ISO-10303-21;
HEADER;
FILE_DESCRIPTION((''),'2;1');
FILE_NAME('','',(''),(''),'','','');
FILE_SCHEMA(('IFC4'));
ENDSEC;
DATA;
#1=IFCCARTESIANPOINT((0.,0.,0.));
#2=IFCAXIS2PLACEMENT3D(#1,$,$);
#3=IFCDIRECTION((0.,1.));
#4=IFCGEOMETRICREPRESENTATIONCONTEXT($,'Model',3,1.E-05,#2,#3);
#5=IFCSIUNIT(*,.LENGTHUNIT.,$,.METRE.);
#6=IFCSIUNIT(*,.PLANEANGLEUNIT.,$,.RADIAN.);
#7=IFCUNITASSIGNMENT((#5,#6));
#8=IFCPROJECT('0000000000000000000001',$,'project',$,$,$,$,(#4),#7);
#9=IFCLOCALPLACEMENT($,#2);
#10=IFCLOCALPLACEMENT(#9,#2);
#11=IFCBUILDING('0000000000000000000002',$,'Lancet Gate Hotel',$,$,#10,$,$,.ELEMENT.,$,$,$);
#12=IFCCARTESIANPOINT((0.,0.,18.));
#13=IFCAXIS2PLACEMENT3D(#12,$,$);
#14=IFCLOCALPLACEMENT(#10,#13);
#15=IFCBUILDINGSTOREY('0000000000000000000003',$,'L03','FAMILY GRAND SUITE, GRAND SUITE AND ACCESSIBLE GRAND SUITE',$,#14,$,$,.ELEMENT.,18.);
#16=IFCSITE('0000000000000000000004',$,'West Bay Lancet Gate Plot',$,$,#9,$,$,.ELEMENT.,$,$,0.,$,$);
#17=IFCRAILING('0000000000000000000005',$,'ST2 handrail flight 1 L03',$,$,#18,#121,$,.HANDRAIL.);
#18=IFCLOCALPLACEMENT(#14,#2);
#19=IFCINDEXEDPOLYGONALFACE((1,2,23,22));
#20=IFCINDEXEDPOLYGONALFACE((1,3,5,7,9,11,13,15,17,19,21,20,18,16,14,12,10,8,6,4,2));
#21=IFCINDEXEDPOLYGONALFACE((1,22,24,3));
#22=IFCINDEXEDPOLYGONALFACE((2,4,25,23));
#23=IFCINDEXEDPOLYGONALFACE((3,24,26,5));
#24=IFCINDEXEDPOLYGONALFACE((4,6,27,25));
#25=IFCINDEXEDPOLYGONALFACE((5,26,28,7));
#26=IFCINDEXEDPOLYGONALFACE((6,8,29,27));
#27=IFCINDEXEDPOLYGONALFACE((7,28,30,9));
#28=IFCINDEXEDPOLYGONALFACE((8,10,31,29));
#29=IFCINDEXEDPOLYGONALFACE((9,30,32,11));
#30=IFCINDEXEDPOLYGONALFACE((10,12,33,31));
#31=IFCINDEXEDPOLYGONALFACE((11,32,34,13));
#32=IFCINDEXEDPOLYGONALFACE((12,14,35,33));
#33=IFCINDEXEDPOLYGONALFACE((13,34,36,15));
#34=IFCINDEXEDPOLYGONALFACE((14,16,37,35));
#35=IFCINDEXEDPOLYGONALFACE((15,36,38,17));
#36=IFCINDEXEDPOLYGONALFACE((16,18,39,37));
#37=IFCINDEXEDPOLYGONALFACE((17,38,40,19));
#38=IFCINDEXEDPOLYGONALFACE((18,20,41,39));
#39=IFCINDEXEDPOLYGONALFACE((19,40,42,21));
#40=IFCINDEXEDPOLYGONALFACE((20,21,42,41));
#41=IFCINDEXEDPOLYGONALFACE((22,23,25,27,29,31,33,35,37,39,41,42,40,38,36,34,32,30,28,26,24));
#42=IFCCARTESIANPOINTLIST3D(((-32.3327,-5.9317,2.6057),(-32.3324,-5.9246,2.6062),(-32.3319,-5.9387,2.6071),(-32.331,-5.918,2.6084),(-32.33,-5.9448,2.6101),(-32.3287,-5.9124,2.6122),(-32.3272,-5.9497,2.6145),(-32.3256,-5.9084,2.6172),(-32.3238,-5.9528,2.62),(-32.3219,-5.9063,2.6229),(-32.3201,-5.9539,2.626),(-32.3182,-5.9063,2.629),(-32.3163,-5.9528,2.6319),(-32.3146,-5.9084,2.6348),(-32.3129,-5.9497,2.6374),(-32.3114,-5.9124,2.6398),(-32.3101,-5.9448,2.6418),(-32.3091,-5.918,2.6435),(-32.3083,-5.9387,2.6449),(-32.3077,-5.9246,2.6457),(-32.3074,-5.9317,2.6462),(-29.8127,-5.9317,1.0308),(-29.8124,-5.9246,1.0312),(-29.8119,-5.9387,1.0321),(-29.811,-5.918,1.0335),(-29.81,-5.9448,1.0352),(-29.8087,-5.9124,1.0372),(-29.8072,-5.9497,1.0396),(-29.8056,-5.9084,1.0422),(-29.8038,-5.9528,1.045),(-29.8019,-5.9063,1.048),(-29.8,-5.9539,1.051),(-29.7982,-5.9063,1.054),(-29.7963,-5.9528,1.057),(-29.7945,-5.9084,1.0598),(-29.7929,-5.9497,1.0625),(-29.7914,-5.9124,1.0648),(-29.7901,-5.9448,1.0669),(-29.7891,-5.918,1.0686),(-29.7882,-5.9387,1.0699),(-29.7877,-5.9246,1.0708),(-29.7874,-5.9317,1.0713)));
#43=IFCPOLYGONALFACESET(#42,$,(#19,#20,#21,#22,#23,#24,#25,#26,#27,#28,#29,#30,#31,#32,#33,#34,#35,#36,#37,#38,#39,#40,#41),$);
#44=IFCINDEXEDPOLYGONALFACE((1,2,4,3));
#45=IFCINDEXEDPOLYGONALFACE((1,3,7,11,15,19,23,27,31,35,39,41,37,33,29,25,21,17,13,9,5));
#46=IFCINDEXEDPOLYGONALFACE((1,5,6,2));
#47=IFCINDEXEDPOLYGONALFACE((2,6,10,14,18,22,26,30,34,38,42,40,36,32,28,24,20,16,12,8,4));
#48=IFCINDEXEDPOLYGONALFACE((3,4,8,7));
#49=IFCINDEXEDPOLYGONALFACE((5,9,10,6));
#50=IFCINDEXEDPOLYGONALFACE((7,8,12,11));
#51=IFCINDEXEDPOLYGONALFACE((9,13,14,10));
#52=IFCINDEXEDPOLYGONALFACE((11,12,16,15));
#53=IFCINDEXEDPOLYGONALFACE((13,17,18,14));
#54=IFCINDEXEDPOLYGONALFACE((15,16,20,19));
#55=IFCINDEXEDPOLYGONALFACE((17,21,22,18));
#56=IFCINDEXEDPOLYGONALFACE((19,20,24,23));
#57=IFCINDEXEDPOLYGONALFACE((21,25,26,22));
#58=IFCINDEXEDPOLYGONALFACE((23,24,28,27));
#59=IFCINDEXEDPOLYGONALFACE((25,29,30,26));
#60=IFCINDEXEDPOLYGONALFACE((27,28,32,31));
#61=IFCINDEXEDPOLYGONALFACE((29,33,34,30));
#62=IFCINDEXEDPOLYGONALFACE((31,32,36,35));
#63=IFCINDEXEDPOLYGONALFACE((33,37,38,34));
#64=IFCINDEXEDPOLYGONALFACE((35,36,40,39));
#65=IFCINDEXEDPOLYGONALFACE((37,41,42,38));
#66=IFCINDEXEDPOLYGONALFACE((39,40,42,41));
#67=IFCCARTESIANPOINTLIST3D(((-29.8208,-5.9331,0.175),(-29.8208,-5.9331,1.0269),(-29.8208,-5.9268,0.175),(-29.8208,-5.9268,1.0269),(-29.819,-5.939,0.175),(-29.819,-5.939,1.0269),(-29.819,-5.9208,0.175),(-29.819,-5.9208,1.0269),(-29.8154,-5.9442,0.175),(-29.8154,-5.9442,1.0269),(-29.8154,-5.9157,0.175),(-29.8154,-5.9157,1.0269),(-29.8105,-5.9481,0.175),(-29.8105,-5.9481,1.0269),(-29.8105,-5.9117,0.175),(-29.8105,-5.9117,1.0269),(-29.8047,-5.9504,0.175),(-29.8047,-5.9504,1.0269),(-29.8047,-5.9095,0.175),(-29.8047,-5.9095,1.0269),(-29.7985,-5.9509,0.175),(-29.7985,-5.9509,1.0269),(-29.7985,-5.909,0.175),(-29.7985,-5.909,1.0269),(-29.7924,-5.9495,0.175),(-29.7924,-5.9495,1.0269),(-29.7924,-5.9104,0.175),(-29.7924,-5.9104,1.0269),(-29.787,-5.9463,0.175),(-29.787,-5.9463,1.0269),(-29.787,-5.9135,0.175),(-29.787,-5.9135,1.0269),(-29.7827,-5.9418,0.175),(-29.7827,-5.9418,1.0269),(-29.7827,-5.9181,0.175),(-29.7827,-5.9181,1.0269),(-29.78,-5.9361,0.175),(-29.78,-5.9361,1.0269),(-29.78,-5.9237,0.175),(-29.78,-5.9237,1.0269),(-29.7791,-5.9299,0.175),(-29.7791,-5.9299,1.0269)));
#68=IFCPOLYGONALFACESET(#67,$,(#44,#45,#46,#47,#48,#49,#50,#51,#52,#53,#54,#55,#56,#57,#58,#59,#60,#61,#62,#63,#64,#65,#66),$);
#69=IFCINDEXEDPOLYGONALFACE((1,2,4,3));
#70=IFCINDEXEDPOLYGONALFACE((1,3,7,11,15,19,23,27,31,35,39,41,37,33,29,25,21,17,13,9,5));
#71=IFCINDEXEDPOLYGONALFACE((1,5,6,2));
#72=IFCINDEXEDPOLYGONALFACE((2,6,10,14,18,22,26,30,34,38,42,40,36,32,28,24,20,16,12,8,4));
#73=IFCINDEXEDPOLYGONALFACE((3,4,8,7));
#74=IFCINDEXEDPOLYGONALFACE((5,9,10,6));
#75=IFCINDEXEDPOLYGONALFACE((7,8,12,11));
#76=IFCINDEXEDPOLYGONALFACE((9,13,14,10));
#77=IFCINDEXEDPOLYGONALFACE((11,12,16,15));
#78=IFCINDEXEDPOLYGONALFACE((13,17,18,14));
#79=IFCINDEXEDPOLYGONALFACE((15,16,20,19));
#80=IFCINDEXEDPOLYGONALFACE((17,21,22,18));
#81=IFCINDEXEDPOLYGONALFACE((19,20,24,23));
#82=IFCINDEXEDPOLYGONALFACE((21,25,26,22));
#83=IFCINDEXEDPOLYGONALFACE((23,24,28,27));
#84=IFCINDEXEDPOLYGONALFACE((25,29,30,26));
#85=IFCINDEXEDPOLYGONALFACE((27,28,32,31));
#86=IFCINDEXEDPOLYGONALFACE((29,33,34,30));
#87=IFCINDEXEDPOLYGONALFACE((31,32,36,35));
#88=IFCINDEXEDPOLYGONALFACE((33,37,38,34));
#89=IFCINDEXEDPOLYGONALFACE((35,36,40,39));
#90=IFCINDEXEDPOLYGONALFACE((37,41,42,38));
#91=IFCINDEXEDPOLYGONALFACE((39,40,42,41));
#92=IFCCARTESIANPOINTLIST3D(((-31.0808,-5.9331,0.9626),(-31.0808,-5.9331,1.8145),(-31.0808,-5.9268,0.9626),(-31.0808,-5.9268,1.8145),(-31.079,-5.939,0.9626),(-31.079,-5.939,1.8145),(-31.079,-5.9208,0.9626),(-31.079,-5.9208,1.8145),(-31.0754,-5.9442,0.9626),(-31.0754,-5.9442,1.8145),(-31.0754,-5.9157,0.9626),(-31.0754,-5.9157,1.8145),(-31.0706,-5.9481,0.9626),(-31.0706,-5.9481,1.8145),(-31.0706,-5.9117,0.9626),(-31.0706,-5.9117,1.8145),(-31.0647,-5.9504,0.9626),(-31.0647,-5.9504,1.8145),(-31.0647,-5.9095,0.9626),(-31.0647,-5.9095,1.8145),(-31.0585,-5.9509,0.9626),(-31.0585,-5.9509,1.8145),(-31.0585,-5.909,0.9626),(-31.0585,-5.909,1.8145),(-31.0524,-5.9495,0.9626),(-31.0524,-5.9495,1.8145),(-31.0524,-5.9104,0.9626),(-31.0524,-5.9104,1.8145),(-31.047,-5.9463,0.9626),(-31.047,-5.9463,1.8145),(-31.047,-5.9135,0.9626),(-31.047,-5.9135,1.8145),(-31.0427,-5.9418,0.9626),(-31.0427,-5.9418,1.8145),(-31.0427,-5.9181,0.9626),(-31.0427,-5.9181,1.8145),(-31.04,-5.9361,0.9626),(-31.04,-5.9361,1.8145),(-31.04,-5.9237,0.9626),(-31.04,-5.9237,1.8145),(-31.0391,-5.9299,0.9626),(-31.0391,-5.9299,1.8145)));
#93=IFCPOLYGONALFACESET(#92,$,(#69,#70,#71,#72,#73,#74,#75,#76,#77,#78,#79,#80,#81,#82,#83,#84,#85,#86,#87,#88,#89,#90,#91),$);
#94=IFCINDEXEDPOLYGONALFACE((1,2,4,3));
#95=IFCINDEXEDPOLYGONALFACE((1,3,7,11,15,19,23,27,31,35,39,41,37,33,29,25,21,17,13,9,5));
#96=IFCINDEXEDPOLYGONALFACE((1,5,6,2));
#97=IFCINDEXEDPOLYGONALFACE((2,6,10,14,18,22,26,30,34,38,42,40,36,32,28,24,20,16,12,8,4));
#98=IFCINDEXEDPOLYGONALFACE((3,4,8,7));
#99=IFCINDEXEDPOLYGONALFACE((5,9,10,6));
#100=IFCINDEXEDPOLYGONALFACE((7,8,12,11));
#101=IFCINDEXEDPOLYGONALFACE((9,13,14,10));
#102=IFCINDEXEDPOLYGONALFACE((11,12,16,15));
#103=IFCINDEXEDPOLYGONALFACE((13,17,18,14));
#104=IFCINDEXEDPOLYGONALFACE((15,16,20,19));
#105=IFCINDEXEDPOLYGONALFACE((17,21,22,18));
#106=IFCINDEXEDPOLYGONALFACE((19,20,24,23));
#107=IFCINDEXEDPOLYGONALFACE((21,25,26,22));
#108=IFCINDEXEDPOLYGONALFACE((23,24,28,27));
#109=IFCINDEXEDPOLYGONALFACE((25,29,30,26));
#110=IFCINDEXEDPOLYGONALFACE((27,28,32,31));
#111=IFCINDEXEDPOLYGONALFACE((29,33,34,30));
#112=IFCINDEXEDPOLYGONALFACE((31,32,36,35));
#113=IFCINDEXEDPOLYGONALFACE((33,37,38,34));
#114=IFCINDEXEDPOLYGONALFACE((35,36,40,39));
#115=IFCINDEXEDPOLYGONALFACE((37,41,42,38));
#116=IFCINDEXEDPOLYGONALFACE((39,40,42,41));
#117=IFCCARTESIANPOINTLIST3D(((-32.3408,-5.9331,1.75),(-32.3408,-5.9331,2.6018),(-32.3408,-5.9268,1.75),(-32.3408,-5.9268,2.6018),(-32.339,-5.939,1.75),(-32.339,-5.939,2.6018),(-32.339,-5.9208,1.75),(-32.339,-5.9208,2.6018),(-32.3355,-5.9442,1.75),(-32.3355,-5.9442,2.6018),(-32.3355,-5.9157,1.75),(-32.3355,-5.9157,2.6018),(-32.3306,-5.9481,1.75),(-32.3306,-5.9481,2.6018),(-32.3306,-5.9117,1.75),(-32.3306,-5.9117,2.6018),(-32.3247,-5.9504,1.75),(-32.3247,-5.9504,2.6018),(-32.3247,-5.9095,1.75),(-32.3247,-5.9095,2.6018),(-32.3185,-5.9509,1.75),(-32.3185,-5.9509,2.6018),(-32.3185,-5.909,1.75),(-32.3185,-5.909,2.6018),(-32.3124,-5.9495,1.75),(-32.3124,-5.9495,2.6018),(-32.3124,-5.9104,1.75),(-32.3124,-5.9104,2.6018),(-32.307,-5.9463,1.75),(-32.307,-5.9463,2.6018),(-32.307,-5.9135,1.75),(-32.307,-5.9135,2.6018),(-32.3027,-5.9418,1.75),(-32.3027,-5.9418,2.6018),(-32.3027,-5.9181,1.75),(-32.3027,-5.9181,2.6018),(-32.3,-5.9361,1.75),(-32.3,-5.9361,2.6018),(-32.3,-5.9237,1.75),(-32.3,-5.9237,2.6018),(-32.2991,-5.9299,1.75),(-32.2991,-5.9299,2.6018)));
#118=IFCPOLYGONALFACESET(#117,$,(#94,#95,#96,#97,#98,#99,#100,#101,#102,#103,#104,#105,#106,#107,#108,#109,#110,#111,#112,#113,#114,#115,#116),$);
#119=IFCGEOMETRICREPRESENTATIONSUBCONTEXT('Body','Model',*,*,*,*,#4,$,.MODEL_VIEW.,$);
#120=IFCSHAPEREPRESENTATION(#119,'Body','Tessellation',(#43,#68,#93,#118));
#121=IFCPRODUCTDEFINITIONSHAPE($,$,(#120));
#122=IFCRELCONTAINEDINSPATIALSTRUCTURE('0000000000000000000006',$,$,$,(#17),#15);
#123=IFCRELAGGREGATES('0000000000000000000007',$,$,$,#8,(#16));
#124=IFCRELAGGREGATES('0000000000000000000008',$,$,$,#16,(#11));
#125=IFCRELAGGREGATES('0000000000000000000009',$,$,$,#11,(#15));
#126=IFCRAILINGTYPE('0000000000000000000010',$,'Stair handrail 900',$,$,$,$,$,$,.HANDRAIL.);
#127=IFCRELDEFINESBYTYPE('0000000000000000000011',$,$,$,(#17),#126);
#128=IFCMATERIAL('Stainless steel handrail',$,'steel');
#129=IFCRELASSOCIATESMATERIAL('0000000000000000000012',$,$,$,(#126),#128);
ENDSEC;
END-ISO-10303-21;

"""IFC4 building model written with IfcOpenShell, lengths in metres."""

from ifc_helpers import new_model, si_unit, direction, frame, origin, origin_2d, place, context, subcontext, project, spatial, circle, extrude, material, type_object, element, save


model = new_model("IFC4")

# Units and contexts
model_context = context("Model", 3, precision=1e-05, world=origin(), true_north=direction((0.0, 1.0)))
body_context = subcontext(model_context, "Body", "Model", "MODEL_VIEW")
ifc_project = project(units=[si_unit("LENGTHUNIT", "METRE"), si_unit("PLANEANGLEUNIT", "RADIAN")], contexts=[model_context])

# Site, building, storey
site_placement = place(None, origin())
site = spatial("IfcSite", under=ifc_project, at=site_placement, Name="West Bay Lancet Gate Plot", CompositionType="ELEMENT", RefElevation=0.0)
building_placement = place(site_placement, origin())
building = spatial("IfcBuilding", under=site, at=building_placement, Name="Lancet Gate Hotel", CompositionType="ELEMENT")
storey_placement = place(building_placement, frame((0.0, 0.0, 18.0)))
storey = spatial("IfcBuildingStorey", under=building, at=storey_placement, Name="L03", Description="FAMILY GRAND SUITE, GRAND SUITE AND ACCESSIBLE GRAND SUITE", CompositionType="ELEMENT", Elevation=18.0)

# Railing
ifc_material_1 = material(Name="Stainless steel handrail", Category="steel")
railing_type = type_object("IfcRailingType", Name="Stair handrail 900", PredefinedType="HANDRAIL", material=ifc_material_1)
railing_1_placement = place(storey_placement, frame((-29.8, -5.9299, 0.175)))
element("IfcRailing", 1, at=railing_1_placement, inside=storey, type_object=railing_type, Name="ST2 handrail flight 1 L03", PredefinedType="HANDRAIL", context=body_context, shape_type="SweptSolid", body=[
    extrude(circle(Radius=0.0239, at=origin_2d()), frame((0.0, 0.0, 0.876), z_axis=(-0.848008, 0.0, 0.529984), x_axis=(0.0, -1.0, 0.0)), (0.0, 0.0, 1.0), 2.9717),
    extrude(circle(Radius=0.021, at=origin_2d()), origin(), (0.0, 0.0, 1.0), 0.8518),
    extrude(circle(Radius=0.021, at=origin_2d()), frame((-1.26, 0.0, 0.7876)), (0.0, 0.0, 1.0), 0.8518),
    extrude(circle(Radius=0.021, at=origin_2d()), frame((-2.52, 0.0, 1.575)), (0.0, 0.0, 1.0), 0.8518),
])

save(model, "model.ifc")
